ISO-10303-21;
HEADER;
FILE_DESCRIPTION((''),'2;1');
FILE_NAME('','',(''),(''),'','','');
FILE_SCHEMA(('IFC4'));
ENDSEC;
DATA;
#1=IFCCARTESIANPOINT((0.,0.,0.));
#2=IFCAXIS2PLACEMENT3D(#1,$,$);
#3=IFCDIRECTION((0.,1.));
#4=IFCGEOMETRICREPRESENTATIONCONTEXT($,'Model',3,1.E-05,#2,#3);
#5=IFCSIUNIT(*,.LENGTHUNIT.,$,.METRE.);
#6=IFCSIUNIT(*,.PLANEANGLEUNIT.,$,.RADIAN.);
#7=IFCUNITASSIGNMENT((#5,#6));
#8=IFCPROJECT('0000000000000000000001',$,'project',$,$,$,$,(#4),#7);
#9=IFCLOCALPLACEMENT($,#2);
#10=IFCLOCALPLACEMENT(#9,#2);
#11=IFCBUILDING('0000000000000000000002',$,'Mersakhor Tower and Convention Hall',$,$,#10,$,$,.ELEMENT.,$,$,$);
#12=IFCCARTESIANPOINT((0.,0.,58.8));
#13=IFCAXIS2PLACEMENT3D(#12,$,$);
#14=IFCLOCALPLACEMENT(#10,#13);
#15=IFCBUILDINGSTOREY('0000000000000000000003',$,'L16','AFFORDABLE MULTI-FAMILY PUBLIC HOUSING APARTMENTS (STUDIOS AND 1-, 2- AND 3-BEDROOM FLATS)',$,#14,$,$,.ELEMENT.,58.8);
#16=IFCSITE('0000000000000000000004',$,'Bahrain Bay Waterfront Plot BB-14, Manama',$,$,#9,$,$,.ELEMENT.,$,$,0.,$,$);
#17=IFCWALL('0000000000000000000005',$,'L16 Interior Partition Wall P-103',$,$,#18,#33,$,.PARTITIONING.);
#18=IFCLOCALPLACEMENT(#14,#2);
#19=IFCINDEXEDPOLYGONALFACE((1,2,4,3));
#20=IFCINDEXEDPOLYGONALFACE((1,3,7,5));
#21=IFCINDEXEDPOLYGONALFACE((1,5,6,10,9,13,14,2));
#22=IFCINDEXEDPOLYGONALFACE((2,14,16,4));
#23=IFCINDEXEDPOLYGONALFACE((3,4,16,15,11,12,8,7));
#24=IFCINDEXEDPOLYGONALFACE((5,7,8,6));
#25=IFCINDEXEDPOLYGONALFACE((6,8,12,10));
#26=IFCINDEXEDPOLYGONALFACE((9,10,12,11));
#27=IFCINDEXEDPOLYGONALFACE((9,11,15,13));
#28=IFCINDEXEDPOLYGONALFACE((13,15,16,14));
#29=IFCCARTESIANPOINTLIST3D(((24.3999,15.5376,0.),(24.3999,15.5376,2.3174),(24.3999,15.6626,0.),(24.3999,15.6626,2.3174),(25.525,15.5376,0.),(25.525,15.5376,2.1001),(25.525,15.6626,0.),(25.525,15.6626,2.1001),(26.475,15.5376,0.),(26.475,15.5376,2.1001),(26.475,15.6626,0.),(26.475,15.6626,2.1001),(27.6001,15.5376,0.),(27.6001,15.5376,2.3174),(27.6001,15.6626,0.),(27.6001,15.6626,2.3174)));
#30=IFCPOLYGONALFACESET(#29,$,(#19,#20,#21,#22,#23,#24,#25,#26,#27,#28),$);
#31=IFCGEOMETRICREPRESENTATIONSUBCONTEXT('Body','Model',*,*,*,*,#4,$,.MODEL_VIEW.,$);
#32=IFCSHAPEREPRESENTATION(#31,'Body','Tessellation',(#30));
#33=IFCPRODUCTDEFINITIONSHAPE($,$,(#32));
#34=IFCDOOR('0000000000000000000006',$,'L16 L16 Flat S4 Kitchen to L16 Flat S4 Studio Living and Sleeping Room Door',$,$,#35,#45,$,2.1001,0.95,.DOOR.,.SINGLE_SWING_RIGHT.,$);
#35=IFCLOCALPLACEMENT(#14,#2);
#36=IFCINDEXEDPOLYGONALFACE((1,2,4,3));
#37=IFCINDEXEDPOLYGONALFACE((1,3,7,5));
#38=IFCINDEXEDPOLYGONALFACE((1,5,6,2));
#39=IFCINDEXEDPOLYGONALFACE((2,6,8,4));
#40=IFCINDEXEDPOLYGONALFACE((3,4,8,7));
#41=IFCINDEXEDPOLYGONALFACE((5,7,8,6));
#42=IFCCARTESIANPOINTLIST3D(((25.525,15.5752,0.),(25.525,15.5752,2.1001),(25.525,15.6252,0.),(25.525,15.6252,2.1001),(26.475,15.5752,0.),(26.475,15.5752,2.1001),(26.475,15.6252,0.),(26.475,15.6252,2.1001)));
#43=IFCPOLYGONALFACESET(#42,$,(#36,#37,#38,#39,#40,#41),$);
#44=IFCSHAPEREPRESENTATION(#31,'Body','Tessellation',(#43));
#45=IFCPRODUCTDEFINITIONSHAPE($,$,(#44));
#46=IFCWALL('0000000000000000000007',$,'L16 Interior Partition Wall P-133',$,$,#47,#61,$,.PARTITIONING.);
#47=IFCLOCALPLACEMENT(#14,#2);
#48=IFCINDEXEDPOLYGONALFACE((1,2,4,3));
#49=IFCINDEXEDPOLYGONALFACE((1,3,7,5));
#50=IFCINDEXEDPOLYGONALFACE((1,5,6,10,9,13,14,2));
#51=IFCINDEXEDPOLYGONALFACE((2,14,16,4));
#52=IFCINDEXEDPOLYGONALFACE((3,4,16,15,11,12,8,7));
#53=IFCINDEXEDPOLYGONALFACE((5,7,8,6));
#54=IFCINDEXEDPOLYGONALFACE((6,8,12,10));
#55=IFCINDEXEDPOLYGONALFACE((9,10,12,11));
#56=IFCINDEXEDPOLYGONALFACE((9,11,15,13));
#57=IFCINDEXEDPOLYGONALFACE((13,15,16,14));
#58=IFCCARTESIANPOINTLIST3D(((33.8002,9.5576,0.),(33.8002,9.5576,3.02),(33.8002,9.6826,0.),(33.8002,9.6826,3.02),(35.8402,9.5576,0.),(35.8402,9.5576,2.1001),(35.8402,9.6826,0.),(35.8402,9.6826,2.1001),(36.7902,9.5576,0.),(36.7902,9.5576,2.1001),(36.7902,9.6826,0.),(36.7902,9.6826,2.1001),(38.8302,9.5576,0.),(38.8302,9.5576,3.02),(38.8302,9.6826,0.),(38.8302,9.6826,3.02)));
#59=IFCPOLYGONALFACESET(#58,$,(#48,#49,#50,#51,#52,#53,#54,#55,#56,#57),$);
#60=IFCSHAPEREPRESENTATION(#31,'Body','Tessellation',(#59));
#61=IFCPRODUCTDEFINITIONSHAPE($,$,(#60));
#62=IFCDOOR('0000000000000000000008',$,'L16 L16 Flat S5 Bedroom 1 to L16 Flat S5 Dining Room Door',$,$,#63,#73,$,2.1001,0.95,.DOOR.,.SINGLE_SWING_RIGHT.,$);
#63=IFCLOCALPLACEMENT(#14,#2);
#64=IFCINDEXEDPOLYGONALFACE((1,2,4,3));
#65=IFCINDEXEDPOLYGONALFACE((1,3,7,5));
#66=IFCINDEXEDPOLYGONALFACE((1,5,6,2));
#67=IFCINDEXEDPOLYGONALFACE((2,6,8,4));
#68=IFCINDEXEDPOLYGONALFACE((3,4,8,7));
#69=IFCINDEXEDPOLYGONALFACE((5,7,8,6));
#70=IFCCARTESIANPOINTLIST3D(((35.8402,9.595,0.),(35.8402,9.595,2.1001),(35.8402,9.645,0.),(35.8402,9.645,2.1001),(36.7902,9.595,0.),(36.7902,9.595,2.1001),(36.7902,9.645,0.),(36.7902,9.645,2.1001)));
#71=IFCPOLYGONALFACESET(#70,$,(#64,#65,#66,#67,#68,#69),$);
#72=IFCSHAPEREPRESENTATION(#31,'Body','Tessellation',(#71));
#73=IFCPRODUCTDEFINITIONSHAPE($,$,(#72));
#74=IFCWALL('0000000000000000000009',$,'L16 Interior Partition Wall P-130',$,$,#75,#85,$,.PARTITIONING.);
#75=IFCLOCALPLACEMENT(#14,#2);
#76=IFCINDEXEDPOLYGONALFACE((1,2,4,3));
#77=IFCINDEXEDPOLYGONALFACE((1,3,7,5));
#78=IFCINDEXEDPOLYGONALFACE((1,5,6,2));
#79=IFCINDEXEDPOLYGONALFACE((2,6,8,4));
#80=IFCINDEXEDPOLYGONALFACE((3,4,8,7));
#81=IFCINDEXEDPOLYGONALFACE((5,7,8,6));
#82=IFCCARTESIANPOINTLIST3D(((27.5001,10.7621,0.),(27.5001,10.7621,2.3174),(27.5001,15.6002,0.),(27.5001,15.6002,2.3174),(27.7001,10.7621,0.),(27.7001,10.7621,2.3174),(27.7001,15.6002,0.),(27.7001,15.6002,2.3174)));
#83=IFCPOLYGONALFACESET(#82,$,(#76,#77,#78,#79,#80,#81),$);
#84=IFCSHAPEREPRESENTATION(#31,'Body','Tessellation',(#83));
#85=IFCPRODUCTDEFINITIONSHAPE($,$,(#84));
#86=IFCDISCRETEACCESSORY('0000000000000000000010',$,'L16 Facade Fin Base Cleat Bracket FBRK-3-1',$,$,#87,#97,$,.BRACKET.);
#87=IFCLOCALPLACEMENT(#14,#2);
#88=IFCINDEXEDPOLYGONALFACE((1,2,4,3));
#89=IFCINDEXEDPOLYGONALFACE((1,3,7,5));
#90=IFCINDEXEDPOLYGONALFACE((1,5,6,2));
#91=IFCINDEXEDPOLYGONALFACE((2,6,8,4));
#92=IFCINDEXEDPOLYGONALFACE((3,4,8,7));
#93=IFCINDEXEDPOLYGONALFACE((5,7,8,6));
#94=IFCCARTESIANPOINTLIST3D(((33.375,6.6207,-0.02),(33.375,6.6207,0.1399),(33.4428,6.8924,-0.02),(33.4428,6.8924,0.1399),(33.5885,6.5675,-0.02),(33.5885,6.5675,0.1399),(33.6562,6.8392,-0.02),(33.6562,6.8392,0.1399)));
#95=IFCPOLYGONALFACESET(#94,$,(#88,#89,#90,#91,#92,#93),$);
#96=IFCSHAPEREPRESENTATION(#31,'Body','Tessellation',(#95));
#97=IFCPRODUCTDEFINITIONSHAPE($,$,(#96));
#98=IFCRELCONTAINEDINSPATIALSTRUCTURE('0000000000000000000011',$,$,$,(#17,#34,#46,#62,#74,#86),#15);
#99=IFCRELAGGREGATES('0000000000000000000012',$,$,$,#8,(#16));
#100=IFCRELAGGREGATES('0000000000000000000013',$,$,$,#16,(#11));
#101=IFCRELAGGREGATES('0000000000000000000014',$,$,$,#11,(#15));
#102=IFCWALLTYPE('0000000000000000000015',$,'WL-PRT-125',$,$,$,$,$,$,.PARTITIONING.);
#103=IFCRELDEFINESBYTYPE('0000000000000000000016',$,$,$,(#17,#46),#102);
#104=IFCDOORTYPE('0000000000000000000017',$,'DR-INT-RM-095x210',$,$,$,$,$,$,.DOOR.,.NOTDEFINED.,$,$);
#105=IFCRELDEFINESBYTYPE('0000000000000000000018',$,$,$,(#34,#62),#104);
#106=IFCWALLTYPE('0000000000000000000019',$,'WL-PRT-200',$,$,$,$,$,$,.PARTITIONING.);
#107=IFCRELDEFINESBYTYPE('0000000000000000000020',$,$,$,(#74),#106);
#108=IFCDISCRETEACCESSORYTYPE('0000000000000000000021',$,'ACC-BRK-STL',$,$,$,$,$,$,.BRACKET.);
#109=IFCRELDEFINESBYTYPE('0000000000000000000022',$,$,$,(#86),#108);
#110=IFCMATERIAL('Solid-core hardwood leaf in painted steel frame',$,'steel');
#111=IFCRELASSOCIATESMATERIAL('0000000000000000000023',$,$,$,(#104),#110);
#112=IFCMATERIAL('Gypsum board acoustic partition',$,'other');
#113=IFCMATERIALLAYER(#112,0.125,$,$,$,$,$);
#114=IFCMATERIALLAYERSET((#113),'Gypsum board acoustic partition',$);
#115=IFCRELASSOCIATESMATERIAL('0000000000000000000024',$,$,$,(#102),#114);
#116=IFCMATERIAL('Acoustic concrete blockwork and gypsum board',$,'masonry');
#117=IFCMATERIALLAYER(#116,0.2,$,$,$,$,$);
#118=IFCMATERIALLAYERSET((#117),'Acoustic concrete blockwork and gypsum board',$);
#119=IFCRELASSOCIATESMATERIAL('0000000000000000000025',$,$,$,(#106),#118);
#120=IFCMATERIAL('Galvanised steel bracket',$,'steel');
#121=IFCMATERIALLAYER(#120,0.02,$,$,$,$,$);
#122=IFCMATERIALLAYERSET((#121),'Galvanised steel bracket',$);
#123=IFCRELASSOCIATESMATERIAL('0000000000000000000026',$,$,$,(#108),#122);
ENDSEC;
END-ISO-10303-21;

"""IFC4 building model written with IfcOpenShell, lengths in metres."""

from ifc_helpers import new_model, si_unit, direction, frame, frame_2d, origin, origin_2d, place, context, subcontext, project, spatial, rectangle, extrude, material, layer, layer_set, type_object, element, fill, save


model = new_model("IFC4")

# Units and contexts
model_context = context("Model", 3, precision=1e-05, world=origin(), true_north=direction((0.0, 1.0)))
body_context = subcontext(model_context, "Body", "Model", "MODEL_VIEW")
ifc_project = project(units=[si_unit("LENGTHUNIT", "METRE"), si_unit("PLANEANGLEUNIT", "RADIAN")], contexts=[model_context])

# Site, building, storey
site_placement = place(None, origin())
site = spatial("IfcSite", under=ifc_project, at=site_placement, Name="Bahrain Bay Waterfront Plot BB-14, Manama", CompositionType="ELEMENT", RefElevation=0.0)
building_placement = place(site_placement, origin())
building = spatial("IfcBuilding", under=site, at=building_placement, Name="Mersakhor Tower and Convention Hall", CompositionType="ELEMENT")
storey_placement = place(building_placement, frame((0.0, 0.0, 58.8)))
storey = spatial("IfcBuildingStorey", under=building, at=storey_placement, Name="L16", Description="AFFORDABLE MULTI-FAMILY PUBLIC HOUSING APARTMENTS (STUDIOS AND 1-, 2- AND 3-BEDROOM FLATS)", CompositionType="ELEMENT", Elevation=58.8)

# Walls, openings, doors
ifc_material_1 = material(Name="Solid-core hardwood leaf in painted steel frame", Category="steel")
door_type_1 = type_object("IfcDoorType", Name="DR-INT-RM-095x210", OperationType="NOTDEFINED", PredefinedType="DOOR", material=ifc_material_1)
ifc_material_2 = material(Name="Gypsum board acoustic partition", Category="other")
ifc_layer_1 = layer(ifc_material_2, 0.125)
ifc_layer_set_1 = layer_set([ifc_layer_1], Name="Gypsum board acoustic partition")
wall_type_1 = type_object("IfcWallType", Name="WL-PRT-125", PredefinedType="PARTITIONING", material=ifc_layer_set_1)
wall_1_placement = place(storey_placement, frame((27.6001, 15.6001, 0.0), z_axis=(0.0, 0.0, 1.0), x_axis=(-1.0, 0.0, 0.0)))
wall_1 = element("IfcWall", 1, at=wall_1_placement, inside=storey, type_object=wall_type_1, Name="L16 Interior Partition Wall P-103", PredefinedType="PARTITIONING", context=body_context, shape_type="SweptSolid", body=[
    extrude(rectangle(XDim=3.2002, YDim=0.125, at=frame_2d((1.6001, 0.0))), origin(), (0.0, 0.0, 1.0), 2.3174),
])
opening_1_placement = place(wall_1_placement, frame((1.125, 0.0, 0.0)))
opening_1 = element("IfcOpeningElement", 2, at=opening_1_placement, cuts=wall_1, PredefinedType="OPENING", context=body_context, shape_type="SweptSolid", body=[
    extrude(rectangle(XDim=0.95, YDim=2.1001, at=frame_2d((0.4751, 1.05))), frame((0.0, 0.0725, 0.0), z_axis=(0.0, -1.0, 0.0), x_axis=(1.0, 0.0, 0.0)), (0.0, 0.0, 1.0), 0.145),
])
door_1_placement = place(opening_1_placement, origin())
door_1 = element("IfcDoor", 3, at=door_1_placement, inside=storey, type_object=door_type_1, Name="L16 L16 Flat S4 Kitchen to L16 Flat S4 Studio Living and Sleeping Room Door", OperationType="SINGLE_SWING_RIGHT", OverallHeight=2.1001, OverallWidth=0.95, PredefinedType="DOOR", context=body_context, shape_type="SweptSolid", body=[
    extrude(rectangle(XDim=0.95, YDim=2.1001, at=frame_2d((0.4751, 1.05))), frame((0.0, 0.0249, 0.0), z_axis=(0.0, -1.0, 0.0), x_axis=(1.0, 0.0, 0.0)), (0.0, 0.0, 1.0), 0.05),
])
fill(opening_1, door_1)
wall_2_placement = place(storey_placement, frame((33.8, 9.6201, 0.0), z_axis=(0.0, 0.0, 1.0), x_axis=(1.0, 0.0, 0.0)))
wall_2 = element("IfcWall", 4, at=wall_2_placement, inside=storey, type_object=wall_type_1, Name="L16 Interior Partition Wall P-133", PredefinedType="PARTITIONING", context=body_context, shape_type="SweptSolid", body=[
    extrude(rectangle(XDim=5.03, YDim=0.125, at=frame_2d((2.5151, 0.0))), origin(), (0.0, 0.0, 1.0), 3.02),
])
opening_2_placement = place(wall_2_placement, frame((2.04, 0.0, 0.0)))
opening_2 = element("IfcOpeningElement", 5, at=opening_2_placement, cuts=wall_2, PredefinedType="OPENING", context=body_context, shape_type="SweptSolid", body=[
    extrude(rectangle(XDim=0.95, YDim=2.1001, at=frame_2d((0.4751, 1.05))), frame((0.0, 0.0725, 0.0), z_axis=(0.0, -1.0, 0.0), x_axis=(1.0, 0.0, 0.0)), (0.0, 0.0, 1.0), 0.145),
])
door_2_placement = place(opening_2_placement, origin())
door_2 = element("IfcDoor", 6, at=door_2_placement, inside=storey, type_object=door_type_1, Name="L16 L16 Flat S5 Bedroom 1 to L16 Flat S5 Dining Room Door", OperationType="SINGLE_SWING_RIGHT", OverallHeight=2.1001, OverallWidth=0.95, PredefinedType="DOOR", context=body_context, shape_type="SweptSolid", body=[
    extrude(rectangle(XDim=0.95, YDim=2.1001, at=frame_2d((0.4751, 1.05))), frame((0.0, 0.0249, 0.0), z_axis=(0.0, -1.0, 0.0), x_axis=(1.0, 0.0, 0.0)), (0.0, 0.0, 1.0), 0.05),
])
fill(opening_2, door_2)

# Wall
ifc_material_3 = material(Name="Acoustic concrete blockwork and gypsum board", Category="masonry")
ifc_layer_2 = layer(ifc_material_3, 0.2)
ifc_layer_set_2 = layer_set([ifc_layer_2], Name="Acoustic concrete blockwork and gypsum board")
wall_type_2 = type_object("IfcWallType", Name="WL-PRT-200", PredefinedType="PARTITIONING", material=ifc_layer_set_2)
wall_3_placement = place(storey_placement, frame((27.6001, 15.6001, 0.0), z_axis=(0.0, 0.0, 1.0), x_axis=(0.0, -1.0, 0.0)))
element("IfcWall", 7, at=wall_3_placement, inside=storey, type_object=wall_type_2, Name="L16 Interior Partition Wall P-130", PredefinedType="PARTITIONING", context=body_context, shape_type="SweptSolid", body=[
    extrude(rectangle(XDim=4.8381, YDim=0.2, at=frame_2d((2.4189, 0.0))), origin(), (0.0, 0.0, 1.0), 2.3174),
])

# Discrete accessory
ifc_material_4 = material(Name="Galvanised steel bracket", Category="steel")
ifc_layer_3 = layer(ifc_material_4, 0.02)
ifc_layer_set_3 = layer_set([ifc_layer_3], Name="Galvanised steel bracket")
discrete_accessory_type = type_object("IfcDiscreteAccessoryType", Name="ACC-BRK-STL", PredefinedType="BRACKET", material=ifc_layer_set_3)
discrete_accessory_placement = place(storey_placement, frame((33.5156, 6.73, -0.02), z_axis=(0.0, 0.0, 1.0), x_axis=(-0.241922, -0.970296, 0.0)))
element("IfcDiscreteAccessory", 8, at=discrete_accessory_placement, inside=storey, type_object=discrete_accessory_type, Name="L16 Facade Fin Base Cleat Bracket FBRK-3-1", PredefinedType="BRACKET", context=body_context, shape_type="SweptSolid", body=[
    extrude(rectangle(XDim=0.28, YDim=0.22, at=origin_2d()), origin(), (0.0, 0.0, 1.0), 0.1599),
])

save(model, "model.ifc")
